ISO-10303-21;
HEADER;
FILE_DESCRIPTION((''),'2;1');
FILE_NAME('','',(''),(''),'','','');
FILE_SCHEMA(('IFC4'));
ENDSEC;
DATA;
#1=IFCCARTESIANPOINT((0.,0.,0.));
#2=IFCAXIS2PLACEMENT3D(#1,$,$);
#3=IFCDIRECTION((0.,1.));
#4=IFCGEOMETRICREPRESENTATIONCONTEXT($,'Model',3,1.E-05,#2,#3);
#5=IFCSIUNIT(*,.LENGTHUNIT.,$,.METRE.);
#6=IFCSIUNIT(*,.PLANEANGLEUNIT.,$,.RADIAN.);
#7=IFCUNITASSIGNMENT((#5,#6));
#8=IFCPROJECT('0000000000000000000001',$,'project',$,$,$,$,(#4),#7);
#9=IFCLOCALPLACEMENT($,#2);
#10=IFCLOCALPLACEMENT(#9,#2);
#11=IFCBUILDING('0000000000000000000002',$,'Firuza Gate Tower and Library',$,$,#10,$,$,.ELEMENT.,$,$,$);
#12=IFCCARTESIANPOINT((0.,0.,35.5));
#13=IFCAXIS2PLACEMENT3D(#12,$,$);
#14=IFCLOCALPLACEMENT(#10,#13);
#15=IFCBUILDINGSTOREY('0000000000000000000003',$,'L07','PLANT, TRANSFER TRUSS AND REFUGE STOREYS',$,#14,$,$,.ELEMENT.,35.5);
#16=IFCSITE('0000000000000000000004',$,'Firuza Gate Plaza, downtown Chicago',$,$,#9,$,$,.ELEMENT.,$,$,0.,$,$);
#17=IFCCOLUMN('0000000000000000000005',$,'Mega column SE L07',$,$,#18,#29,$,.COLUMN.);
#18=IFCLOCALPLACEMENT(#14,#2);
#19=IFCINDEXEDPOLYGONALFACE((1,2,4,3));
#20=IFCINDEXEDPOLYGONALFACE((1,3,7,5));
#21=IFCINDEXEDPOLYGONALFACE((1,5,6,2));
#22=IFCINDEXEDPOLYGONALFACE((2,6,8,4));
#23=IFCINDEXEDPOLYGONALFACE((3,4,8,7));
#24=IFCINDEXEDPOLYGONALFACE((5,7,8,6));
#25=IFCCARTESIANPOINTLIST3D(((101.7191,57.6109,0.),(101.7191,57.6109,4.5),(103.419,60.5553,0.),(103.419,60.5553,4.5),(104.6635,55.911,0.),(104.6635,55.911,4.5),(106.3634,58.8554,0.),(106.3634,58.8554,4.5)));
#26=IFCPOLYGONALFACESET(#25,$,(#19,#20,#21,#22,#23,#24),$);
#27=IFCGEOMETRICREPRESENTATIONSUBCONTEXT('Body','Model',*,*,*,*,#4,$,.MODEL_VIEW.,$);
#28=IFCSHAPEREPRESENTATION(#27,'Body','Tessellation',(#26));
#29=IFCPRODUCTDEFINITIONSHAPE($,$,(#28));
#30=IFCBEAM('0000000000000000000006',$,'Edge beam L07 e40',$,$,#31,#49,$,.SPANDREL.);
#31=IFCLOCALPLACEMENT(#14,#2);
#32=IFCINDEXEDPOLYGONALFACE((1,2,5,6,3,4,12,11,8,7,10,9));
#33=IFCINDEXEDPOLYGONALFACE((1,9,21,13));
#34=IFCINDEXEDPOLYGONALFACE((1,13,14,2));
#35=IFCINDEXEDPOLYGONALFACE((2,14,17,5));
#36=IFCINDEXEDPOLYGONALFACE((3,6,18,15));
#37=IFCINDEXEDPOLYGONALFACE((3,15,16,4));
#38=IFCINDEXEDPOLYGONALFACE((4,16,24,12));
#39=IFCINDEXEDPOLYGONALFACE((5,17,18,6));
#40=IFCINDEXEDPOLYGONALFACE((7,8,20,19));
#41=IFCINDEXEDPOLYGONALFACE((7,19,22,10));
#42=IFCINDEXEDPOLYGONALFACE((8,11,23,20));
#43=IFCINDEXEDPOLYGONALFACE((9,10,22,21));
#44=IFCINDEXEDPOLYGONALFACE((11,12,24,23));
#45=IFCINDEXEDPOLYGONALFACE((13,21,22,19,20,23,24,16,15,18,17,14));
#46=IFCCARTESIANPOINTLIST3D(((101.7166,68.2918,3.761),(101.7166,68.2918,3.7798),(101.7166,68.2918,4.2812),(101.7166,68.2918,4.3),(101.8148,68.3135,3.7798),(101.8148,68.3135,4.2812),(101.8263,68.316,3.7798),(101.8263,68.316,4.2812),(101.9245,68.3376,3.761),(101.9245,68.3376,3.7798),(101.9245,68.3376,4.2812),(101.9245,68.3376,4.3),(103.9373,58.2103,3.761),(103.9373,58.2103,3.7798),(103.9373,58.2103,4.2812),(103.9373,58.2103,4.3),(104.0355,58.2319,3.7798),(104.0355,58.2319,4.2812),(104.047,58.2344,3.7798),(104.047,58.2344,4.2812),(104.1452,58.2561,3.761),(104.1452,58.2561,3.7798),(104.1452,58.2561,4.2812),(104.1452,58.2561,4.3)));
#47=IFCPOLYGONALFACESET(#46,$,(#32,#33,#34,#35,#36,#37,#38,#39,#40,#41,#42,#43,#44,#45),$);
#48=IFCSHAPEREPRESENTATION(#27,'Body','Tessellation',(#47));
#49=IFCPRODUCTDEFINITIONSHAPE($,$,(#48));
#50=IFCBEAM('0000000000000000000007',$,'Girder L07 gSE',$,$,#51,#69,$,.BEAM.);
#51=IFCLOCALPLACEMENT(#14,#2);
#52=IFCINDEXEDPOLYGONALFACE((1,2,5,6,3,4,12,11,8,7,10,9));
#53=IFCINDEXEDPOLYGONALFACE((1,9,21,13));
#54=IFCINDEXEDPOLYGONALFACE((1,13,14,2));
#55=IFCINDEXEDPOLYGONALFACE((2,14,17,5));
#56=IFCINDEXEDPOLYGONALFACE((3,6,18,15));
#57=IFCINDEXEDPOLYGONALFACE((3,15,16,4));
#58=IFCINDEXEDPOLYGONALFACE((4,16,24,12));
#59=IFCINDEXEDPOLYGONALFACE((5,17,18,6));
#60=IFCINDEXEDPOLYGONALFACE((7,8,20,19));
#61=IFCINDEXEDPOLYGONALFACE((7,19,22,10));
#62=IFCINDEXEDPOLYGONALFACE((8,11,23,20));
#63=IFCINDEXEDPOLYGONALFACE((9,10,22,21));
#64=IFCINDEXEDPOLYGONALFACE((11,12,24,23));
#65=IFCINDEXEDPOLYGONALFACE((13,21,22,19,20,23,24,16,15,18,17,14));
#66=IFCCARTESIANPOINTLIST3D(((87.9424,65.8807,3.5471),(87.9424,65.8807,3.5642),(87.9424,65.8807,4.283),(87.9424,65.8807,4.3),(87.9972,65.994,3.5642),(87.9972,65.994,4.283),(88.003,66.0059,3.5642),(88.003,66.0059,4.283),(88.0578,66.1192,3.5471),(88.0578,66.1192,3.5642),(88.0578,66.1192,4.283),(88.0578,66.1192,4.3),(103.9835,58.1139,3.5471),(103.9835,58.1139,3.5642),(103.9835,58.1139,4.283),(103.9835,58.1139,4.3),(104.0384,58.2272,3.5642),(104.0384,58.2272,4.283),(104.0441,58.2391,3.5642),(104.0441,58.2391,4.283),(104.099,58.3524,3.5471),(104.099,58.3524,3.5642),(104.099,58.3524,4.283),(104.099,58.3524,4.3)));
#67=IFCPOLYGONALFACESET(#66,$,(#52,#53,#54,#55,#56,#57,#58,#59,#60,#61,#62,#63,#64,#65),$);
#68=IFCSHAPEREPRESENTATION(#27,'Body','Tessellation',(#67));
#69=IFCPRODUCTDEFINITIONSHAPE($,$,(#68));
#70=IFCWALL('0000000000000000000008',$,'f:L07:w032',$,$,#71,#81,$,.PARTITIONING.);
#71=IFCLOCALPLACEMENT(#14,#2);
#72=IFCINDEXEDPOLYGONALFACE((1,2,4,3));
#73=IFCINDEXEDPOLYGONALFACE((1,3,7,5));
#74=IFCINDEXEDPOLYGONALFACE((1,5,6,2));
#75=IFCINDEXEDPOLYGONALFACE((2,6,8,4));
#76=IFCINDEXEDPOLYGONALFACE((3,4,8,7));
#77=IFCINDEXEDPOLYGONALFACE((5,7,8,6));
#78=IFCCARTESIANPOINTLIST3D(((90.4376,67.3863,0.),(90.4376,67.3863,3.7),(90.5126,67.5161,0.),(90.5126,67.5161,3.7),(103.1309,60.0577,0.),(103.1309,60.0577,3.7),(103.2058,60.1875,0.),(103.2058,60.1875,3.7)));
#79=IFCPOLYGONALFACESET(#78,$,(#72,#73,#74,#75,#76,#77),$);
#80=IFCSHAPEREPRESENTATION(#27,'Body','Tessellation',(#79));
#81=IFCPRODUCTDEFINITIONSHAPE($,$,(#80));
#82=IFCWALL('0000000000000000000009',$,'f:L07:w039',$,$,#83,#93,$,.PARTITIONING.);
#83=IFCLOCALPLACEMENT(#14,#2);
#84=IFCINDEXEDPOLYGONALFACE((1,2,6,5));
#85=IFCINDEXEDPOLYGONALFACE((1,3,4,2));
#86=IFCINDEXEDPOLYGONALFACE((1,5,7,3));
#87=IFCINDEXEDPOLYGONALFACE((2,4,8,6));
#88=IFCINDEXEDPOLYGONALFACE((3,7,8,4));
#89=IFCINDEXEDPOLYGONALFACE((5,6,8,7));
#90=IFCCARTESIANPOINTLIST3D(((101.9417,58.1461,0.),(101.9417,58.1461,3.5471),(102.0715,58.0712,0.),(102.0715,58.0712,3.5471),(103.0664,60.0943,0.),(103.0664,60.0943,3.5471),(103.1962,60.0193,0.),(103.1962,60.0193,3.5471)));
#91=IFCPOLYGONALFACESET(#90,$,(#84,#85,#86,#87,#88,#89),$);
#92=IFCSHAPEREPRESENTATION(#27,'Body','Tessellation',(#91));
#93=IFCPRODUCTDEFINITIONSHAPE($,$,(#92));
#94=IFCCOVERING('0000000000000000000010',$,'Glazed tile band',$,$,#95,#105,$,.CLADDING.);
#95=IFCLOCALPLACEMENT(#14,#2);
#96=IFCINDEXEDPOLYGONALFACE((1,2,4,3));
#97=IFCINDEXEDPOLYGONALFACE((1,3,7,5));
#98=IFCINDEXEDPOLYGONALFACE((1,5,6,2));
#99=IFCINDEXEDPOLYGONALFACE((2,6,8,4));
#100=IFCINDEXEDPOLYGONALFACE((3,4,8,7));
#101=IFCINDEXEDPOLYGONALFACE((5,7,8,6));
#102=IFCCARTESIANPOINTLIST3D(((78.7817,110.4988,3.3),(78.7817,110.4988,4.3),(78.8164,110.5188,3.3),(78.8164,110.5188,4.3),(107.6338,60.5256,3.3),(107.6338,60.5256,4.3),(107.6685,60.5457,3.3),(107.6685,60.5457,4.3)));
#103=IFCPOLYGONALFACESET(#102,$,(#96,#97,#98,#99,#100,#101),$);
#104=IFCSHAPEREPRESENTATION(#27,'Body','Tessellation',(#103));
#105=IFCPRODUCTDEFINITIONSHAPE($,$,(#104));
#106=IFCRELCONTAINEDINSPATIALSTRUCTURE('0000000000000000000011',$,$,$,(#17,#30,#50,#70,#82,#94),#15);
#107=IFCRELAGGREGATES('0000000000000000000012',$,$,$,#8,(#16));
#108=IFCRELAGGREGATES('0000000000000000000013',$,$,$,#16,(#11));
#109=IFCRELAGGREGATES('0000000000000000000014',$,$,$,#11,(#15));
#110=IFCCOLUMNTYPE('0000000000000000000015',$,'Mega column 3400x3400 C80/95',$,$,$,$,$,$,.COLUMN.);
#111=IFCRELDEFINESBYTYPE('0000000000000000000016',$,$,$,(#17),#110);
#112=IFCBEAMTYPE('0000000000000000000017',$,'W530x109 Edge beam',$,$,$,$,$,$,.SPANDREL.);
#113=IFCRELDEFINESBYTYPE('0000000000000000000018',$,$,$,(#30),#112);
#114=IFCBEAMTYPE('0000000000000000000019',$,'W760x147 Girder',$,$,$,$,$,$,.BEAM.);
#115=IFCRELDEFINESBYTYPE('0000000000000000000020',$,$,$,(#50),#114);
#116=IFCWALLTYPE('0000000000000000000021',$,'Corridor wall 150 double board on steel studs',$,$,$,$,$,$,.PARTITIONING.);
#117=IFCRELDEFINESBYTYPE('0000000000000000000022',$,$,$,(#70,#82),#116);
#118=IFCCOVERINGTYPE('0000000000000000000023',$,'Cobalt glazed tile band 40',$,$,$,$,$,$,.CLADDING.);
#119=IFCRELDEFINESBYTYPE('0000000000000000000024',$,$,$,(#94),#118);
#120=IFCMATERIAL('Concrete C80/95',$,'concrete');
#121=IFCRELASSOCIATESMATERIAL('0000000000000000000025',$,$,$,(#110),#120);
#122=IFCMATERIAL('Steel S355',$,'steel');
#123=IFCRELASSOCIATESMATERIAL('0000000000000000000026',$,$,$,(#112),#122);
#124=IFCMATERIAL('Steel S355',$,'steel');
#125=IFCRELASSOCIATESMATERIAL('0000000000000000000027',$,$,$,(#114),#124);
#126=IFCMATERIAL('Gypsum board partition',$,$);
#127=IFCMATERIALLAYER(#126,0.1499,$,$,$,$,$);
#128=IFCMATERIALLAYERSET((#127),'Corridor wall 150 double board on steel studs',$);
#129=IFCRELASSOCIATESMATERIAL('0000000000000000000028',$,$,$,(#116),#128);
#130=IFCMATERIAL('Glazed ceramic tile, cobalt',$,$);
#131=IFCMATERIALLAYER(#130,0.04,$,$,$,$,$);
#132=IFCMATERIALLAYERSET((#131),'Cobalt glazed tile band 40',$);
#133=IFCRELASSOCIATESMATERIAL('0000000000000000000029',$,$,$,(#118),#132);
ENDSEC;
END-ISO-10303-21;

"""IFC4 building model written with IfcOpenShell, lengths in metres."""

from ifc_helpers import new_model, si_unit, direction, frame, frame_2d, origin, origin_2d, place, context, subcontext, project, spatial, polyline, rectangle, i_section, outline, extrude, material, layer, layer_set, material_profile, profile_set, type_object, element, save


model = new_model("IFC4")

# Units and contexts
model_context = context("Model", 3, precision=1e-05, world=origin(), true_north=direction((0.0, 1.0)))
body_context = subcontext(model_context, "Body", "Model", "MODEL_VIEW")
ifc_project = project(units=[si_unit("LENGTHUNIT", "METRE"), si_unit("PLANEANGLEUNIT", "RADIAN")], contexts=[model_context])

# Site, building, storey
site_placement = place(None, origin())
site = spatial("IfcSite", under=ifc_project, at=site_placement, Name="Firuza Gate Plaza, downtown Chicago", CompositionType="ELEMENT", RefElevation=0.0)
building_placement = place(site_placement, origin())
building = spatial("IfcBuilding", under=site, at=building_placement, Name="Firuza Gate Tower and Library", CompositionType="ELEMENT")
storey_placement = place(building_placement, frame((0.0, 0.0, 35.5)))
storey = spatial("IfcBuildingStorey", under=building, at=storey_placement, Name="L07", Description="PLANT, TRANSFER TRUSS AND REFUGE STOREYS", CompositionType="ELEMENT", Elevation=35.5)

# Column
ifc_material_1 = material(Name="Concrete C80/95", Category="concrete")
ifc_material_profile_1 = material_profile(ifc_material_1, rectangle(XDim=3.3999, YDim=3.3999, at=origin_2d()))
ifc_profile_set_1 = profile_set([ifc_material_profile_1], Name="Concrete C80/95")
column_type = type_object("IfcColumnType", Name="Mega column 3400x3400 C80/95", PredefinedType="COLUMN", material=ifc_profile_set_1)
column_placement = place(storey_placement, frame((104.0413, 58.2332, 0.0), z_axis=(0.0, 0.0, 1.0), x_axis=(0.5, 0.866025, 0.0)))
element("IfcColumn", 1, at=column_placement, inside=storey, type_object=column_type, Name="Mega column SE L07", PredefinedType="COLUMN", context=body_context, shape_type="SweptSolid", body=[
    extrude(rectangle(XDim=3.3999, YDim=3.3999, at=origin_2d()), origin(), (0.0, 0.0, 1.0), 4.5),
])

# Beams
ifc_material_2 = material(Name="Steel S355", Category="steel")
ifc_material_profile_2 = material_profile(ifc_material_2, i_section(OverallWidth=0.2129, OverallDepth=0.5391, WebThickness=0.0117, FlangeThickness=0.0188, at=origin_2d()))
ifc_profile_set_2 = profile_set([ifc_material_profile_2], Name="Steel S355")
beam_type_1 = type_object("IfcBeamType", Name="W530x109 Edge beam", PredefinedType="SPANDREL", material=ifc_profile_set_2)
beam_1_placement = place(storey_placement, frame((104.0413, 58.2332, 4.0305), z_axis=(-0.215117, 0.976588, 0.0), x_axis=(-0.976588, -0.215117, 0.0)))
element("IfcBeam", 2, at=beam_1_placement, inside=storey, type_object=beam_type_1, Name="Edge beam L07 e40", PredefinedType="SPANDREL", context=body_context, shape_type="SweptSolid", body=[
    extrude(i_section(OverallWidth=0.2129, OverallDepth=0.5391, WebThickness=0.0117, FlangeThickness=0.0188, at=origin_2d()), origin(), (0.0, 0.0, 1.0), 10.3232),
])
ifc_material_3 = material(Name="Steel S355", Category="steel")
ifc_material_profile_3 = material_profile(ifc_material_3, i_section(OverallWidth=0.2649, OverallDepth=0.7529, WebThickness=0.0132, FlangeThickness=0.0171, at=origin_2d()))
ifc_profile_set_3 = profile_set([ifc_material_profile_3], Name="Steel S355")
beam_type_2 = type_object("IfcBeamType", Name="W760x147 Girder", PredefinedType="BEAM", material=ifc_profile_set_3)
beam_2_placement = place(storey_placement, frame((104.0413, 58.2332, 3.9236), z_axis=(-0.90005, 0.435786, 0.0), x_axis=(-0.435786, -0.90005, 0.0)))
element("IfcBeam", 3, at=beam_2_placement, inside=storey, type_object=beam_type_2, Name="Girder L07 gSE", PredefinedType="BEAM", context=body_context, shape_type="SweptSolid", body=[
    extrude(i_section(OverallWidth=0.2649, OverallDepth=0.7529, WebThickness=0.0132, FlangeThickness=0.0171, at=origin_2d()), origin(), (0.0, 0.0, 1.0), 17.8225),
])

# Walls
ifc_material_4 = material(Name="Gypsum board partition")
ifc_layer_1 = layer(ifc_material_4, 0.1499)
ifc_layer_set_1 = layer_set([ifc_layer_1], Name="Corridor wall 150 double board on steel studs")
wall_type_1 = type_object("IfcWallType", Name="Corridor wall 150 double board on steel studs", PredefinedType="PARTITIONING", material=ifc_layer_set_1)
wall_1_placement = place(storey_placement, frame((103.1685, 60.1226, 0.0), z_axis=(0.0, 0.0, 1.0), x_axis=(-0.866022, 0.500005, 0.0)))
element("IfcWall", 4, at=wall_1_placement, inside=storey, type_object=wall_type_1, Name="f:L07:w032", PredefinedType="PARTITIONING", context=body_context, shape_type="SweptSolid", body=[
    extrude(rectangle(XDim=14.657, YDim=0.1499, at=frame_2d((7.3286, 0.0))), origin(), (0.0, 0.0, 1.0), 3.7),
])
wall_2_placement = place(storey_placement, frame((102.0066, 58.1086, 0.0), z_axis=(0.0, 0.0, 1.0), x_axis=(0.499979, 0.866037, 0.0)))
element("IfcWall", 5, at=wall_2_placement, inside=storey, type_object=wall_type_1, Name="f:L07:w039", PredefinedType="PARTITIONING", context=body_context, shape_type="SweptSolid", body=[
    extrude(rectangle(XDim=2.2495, YDim=0.1499, at=frame_2d((1.1248, 0.0))), origin(), (0.0, 0.0, 1.0), 3.5471),
])

# Covering
ifc_material_5 = material(Name="Glazed ceramic tile, cobalt")
ifc_layer_2 = layer(ifc_material_5, 0.04)
ifc_layer_set_2 = layer_set([ifc_layer_2], Name="Cobalt glazed tile band 40")
covering_type = type_object("IfcCoveringType", Name="Cobalt glazed tile band 40", PredefinedType="CLADDING", material=ifc_layer_set_2)
covering_placement = place(storey_placement, frame((107.6685, 60.5457, 3.3), z_axis=(0.866025, 0.500001, 0.0), x_axis=(-0.500001, 0.866025, 0.0)))
element("IfcCovering", 6, at=covering_placement, inside=storey, type_object=covering_type, Name="Glazed tile band", PredefinedType="CLADDING", context=body_context, shape_type="SweptSolid", body=[
    extrude(outline(polyline([(0.0, 0.0), (57.704, 0.0), (57.704, 1.0), (0.0, 1.0), (0.0, 0.0)])), origin(), (0.0, 0.0, -1.0), 0.04),
])

save(model, "model.ifc")
